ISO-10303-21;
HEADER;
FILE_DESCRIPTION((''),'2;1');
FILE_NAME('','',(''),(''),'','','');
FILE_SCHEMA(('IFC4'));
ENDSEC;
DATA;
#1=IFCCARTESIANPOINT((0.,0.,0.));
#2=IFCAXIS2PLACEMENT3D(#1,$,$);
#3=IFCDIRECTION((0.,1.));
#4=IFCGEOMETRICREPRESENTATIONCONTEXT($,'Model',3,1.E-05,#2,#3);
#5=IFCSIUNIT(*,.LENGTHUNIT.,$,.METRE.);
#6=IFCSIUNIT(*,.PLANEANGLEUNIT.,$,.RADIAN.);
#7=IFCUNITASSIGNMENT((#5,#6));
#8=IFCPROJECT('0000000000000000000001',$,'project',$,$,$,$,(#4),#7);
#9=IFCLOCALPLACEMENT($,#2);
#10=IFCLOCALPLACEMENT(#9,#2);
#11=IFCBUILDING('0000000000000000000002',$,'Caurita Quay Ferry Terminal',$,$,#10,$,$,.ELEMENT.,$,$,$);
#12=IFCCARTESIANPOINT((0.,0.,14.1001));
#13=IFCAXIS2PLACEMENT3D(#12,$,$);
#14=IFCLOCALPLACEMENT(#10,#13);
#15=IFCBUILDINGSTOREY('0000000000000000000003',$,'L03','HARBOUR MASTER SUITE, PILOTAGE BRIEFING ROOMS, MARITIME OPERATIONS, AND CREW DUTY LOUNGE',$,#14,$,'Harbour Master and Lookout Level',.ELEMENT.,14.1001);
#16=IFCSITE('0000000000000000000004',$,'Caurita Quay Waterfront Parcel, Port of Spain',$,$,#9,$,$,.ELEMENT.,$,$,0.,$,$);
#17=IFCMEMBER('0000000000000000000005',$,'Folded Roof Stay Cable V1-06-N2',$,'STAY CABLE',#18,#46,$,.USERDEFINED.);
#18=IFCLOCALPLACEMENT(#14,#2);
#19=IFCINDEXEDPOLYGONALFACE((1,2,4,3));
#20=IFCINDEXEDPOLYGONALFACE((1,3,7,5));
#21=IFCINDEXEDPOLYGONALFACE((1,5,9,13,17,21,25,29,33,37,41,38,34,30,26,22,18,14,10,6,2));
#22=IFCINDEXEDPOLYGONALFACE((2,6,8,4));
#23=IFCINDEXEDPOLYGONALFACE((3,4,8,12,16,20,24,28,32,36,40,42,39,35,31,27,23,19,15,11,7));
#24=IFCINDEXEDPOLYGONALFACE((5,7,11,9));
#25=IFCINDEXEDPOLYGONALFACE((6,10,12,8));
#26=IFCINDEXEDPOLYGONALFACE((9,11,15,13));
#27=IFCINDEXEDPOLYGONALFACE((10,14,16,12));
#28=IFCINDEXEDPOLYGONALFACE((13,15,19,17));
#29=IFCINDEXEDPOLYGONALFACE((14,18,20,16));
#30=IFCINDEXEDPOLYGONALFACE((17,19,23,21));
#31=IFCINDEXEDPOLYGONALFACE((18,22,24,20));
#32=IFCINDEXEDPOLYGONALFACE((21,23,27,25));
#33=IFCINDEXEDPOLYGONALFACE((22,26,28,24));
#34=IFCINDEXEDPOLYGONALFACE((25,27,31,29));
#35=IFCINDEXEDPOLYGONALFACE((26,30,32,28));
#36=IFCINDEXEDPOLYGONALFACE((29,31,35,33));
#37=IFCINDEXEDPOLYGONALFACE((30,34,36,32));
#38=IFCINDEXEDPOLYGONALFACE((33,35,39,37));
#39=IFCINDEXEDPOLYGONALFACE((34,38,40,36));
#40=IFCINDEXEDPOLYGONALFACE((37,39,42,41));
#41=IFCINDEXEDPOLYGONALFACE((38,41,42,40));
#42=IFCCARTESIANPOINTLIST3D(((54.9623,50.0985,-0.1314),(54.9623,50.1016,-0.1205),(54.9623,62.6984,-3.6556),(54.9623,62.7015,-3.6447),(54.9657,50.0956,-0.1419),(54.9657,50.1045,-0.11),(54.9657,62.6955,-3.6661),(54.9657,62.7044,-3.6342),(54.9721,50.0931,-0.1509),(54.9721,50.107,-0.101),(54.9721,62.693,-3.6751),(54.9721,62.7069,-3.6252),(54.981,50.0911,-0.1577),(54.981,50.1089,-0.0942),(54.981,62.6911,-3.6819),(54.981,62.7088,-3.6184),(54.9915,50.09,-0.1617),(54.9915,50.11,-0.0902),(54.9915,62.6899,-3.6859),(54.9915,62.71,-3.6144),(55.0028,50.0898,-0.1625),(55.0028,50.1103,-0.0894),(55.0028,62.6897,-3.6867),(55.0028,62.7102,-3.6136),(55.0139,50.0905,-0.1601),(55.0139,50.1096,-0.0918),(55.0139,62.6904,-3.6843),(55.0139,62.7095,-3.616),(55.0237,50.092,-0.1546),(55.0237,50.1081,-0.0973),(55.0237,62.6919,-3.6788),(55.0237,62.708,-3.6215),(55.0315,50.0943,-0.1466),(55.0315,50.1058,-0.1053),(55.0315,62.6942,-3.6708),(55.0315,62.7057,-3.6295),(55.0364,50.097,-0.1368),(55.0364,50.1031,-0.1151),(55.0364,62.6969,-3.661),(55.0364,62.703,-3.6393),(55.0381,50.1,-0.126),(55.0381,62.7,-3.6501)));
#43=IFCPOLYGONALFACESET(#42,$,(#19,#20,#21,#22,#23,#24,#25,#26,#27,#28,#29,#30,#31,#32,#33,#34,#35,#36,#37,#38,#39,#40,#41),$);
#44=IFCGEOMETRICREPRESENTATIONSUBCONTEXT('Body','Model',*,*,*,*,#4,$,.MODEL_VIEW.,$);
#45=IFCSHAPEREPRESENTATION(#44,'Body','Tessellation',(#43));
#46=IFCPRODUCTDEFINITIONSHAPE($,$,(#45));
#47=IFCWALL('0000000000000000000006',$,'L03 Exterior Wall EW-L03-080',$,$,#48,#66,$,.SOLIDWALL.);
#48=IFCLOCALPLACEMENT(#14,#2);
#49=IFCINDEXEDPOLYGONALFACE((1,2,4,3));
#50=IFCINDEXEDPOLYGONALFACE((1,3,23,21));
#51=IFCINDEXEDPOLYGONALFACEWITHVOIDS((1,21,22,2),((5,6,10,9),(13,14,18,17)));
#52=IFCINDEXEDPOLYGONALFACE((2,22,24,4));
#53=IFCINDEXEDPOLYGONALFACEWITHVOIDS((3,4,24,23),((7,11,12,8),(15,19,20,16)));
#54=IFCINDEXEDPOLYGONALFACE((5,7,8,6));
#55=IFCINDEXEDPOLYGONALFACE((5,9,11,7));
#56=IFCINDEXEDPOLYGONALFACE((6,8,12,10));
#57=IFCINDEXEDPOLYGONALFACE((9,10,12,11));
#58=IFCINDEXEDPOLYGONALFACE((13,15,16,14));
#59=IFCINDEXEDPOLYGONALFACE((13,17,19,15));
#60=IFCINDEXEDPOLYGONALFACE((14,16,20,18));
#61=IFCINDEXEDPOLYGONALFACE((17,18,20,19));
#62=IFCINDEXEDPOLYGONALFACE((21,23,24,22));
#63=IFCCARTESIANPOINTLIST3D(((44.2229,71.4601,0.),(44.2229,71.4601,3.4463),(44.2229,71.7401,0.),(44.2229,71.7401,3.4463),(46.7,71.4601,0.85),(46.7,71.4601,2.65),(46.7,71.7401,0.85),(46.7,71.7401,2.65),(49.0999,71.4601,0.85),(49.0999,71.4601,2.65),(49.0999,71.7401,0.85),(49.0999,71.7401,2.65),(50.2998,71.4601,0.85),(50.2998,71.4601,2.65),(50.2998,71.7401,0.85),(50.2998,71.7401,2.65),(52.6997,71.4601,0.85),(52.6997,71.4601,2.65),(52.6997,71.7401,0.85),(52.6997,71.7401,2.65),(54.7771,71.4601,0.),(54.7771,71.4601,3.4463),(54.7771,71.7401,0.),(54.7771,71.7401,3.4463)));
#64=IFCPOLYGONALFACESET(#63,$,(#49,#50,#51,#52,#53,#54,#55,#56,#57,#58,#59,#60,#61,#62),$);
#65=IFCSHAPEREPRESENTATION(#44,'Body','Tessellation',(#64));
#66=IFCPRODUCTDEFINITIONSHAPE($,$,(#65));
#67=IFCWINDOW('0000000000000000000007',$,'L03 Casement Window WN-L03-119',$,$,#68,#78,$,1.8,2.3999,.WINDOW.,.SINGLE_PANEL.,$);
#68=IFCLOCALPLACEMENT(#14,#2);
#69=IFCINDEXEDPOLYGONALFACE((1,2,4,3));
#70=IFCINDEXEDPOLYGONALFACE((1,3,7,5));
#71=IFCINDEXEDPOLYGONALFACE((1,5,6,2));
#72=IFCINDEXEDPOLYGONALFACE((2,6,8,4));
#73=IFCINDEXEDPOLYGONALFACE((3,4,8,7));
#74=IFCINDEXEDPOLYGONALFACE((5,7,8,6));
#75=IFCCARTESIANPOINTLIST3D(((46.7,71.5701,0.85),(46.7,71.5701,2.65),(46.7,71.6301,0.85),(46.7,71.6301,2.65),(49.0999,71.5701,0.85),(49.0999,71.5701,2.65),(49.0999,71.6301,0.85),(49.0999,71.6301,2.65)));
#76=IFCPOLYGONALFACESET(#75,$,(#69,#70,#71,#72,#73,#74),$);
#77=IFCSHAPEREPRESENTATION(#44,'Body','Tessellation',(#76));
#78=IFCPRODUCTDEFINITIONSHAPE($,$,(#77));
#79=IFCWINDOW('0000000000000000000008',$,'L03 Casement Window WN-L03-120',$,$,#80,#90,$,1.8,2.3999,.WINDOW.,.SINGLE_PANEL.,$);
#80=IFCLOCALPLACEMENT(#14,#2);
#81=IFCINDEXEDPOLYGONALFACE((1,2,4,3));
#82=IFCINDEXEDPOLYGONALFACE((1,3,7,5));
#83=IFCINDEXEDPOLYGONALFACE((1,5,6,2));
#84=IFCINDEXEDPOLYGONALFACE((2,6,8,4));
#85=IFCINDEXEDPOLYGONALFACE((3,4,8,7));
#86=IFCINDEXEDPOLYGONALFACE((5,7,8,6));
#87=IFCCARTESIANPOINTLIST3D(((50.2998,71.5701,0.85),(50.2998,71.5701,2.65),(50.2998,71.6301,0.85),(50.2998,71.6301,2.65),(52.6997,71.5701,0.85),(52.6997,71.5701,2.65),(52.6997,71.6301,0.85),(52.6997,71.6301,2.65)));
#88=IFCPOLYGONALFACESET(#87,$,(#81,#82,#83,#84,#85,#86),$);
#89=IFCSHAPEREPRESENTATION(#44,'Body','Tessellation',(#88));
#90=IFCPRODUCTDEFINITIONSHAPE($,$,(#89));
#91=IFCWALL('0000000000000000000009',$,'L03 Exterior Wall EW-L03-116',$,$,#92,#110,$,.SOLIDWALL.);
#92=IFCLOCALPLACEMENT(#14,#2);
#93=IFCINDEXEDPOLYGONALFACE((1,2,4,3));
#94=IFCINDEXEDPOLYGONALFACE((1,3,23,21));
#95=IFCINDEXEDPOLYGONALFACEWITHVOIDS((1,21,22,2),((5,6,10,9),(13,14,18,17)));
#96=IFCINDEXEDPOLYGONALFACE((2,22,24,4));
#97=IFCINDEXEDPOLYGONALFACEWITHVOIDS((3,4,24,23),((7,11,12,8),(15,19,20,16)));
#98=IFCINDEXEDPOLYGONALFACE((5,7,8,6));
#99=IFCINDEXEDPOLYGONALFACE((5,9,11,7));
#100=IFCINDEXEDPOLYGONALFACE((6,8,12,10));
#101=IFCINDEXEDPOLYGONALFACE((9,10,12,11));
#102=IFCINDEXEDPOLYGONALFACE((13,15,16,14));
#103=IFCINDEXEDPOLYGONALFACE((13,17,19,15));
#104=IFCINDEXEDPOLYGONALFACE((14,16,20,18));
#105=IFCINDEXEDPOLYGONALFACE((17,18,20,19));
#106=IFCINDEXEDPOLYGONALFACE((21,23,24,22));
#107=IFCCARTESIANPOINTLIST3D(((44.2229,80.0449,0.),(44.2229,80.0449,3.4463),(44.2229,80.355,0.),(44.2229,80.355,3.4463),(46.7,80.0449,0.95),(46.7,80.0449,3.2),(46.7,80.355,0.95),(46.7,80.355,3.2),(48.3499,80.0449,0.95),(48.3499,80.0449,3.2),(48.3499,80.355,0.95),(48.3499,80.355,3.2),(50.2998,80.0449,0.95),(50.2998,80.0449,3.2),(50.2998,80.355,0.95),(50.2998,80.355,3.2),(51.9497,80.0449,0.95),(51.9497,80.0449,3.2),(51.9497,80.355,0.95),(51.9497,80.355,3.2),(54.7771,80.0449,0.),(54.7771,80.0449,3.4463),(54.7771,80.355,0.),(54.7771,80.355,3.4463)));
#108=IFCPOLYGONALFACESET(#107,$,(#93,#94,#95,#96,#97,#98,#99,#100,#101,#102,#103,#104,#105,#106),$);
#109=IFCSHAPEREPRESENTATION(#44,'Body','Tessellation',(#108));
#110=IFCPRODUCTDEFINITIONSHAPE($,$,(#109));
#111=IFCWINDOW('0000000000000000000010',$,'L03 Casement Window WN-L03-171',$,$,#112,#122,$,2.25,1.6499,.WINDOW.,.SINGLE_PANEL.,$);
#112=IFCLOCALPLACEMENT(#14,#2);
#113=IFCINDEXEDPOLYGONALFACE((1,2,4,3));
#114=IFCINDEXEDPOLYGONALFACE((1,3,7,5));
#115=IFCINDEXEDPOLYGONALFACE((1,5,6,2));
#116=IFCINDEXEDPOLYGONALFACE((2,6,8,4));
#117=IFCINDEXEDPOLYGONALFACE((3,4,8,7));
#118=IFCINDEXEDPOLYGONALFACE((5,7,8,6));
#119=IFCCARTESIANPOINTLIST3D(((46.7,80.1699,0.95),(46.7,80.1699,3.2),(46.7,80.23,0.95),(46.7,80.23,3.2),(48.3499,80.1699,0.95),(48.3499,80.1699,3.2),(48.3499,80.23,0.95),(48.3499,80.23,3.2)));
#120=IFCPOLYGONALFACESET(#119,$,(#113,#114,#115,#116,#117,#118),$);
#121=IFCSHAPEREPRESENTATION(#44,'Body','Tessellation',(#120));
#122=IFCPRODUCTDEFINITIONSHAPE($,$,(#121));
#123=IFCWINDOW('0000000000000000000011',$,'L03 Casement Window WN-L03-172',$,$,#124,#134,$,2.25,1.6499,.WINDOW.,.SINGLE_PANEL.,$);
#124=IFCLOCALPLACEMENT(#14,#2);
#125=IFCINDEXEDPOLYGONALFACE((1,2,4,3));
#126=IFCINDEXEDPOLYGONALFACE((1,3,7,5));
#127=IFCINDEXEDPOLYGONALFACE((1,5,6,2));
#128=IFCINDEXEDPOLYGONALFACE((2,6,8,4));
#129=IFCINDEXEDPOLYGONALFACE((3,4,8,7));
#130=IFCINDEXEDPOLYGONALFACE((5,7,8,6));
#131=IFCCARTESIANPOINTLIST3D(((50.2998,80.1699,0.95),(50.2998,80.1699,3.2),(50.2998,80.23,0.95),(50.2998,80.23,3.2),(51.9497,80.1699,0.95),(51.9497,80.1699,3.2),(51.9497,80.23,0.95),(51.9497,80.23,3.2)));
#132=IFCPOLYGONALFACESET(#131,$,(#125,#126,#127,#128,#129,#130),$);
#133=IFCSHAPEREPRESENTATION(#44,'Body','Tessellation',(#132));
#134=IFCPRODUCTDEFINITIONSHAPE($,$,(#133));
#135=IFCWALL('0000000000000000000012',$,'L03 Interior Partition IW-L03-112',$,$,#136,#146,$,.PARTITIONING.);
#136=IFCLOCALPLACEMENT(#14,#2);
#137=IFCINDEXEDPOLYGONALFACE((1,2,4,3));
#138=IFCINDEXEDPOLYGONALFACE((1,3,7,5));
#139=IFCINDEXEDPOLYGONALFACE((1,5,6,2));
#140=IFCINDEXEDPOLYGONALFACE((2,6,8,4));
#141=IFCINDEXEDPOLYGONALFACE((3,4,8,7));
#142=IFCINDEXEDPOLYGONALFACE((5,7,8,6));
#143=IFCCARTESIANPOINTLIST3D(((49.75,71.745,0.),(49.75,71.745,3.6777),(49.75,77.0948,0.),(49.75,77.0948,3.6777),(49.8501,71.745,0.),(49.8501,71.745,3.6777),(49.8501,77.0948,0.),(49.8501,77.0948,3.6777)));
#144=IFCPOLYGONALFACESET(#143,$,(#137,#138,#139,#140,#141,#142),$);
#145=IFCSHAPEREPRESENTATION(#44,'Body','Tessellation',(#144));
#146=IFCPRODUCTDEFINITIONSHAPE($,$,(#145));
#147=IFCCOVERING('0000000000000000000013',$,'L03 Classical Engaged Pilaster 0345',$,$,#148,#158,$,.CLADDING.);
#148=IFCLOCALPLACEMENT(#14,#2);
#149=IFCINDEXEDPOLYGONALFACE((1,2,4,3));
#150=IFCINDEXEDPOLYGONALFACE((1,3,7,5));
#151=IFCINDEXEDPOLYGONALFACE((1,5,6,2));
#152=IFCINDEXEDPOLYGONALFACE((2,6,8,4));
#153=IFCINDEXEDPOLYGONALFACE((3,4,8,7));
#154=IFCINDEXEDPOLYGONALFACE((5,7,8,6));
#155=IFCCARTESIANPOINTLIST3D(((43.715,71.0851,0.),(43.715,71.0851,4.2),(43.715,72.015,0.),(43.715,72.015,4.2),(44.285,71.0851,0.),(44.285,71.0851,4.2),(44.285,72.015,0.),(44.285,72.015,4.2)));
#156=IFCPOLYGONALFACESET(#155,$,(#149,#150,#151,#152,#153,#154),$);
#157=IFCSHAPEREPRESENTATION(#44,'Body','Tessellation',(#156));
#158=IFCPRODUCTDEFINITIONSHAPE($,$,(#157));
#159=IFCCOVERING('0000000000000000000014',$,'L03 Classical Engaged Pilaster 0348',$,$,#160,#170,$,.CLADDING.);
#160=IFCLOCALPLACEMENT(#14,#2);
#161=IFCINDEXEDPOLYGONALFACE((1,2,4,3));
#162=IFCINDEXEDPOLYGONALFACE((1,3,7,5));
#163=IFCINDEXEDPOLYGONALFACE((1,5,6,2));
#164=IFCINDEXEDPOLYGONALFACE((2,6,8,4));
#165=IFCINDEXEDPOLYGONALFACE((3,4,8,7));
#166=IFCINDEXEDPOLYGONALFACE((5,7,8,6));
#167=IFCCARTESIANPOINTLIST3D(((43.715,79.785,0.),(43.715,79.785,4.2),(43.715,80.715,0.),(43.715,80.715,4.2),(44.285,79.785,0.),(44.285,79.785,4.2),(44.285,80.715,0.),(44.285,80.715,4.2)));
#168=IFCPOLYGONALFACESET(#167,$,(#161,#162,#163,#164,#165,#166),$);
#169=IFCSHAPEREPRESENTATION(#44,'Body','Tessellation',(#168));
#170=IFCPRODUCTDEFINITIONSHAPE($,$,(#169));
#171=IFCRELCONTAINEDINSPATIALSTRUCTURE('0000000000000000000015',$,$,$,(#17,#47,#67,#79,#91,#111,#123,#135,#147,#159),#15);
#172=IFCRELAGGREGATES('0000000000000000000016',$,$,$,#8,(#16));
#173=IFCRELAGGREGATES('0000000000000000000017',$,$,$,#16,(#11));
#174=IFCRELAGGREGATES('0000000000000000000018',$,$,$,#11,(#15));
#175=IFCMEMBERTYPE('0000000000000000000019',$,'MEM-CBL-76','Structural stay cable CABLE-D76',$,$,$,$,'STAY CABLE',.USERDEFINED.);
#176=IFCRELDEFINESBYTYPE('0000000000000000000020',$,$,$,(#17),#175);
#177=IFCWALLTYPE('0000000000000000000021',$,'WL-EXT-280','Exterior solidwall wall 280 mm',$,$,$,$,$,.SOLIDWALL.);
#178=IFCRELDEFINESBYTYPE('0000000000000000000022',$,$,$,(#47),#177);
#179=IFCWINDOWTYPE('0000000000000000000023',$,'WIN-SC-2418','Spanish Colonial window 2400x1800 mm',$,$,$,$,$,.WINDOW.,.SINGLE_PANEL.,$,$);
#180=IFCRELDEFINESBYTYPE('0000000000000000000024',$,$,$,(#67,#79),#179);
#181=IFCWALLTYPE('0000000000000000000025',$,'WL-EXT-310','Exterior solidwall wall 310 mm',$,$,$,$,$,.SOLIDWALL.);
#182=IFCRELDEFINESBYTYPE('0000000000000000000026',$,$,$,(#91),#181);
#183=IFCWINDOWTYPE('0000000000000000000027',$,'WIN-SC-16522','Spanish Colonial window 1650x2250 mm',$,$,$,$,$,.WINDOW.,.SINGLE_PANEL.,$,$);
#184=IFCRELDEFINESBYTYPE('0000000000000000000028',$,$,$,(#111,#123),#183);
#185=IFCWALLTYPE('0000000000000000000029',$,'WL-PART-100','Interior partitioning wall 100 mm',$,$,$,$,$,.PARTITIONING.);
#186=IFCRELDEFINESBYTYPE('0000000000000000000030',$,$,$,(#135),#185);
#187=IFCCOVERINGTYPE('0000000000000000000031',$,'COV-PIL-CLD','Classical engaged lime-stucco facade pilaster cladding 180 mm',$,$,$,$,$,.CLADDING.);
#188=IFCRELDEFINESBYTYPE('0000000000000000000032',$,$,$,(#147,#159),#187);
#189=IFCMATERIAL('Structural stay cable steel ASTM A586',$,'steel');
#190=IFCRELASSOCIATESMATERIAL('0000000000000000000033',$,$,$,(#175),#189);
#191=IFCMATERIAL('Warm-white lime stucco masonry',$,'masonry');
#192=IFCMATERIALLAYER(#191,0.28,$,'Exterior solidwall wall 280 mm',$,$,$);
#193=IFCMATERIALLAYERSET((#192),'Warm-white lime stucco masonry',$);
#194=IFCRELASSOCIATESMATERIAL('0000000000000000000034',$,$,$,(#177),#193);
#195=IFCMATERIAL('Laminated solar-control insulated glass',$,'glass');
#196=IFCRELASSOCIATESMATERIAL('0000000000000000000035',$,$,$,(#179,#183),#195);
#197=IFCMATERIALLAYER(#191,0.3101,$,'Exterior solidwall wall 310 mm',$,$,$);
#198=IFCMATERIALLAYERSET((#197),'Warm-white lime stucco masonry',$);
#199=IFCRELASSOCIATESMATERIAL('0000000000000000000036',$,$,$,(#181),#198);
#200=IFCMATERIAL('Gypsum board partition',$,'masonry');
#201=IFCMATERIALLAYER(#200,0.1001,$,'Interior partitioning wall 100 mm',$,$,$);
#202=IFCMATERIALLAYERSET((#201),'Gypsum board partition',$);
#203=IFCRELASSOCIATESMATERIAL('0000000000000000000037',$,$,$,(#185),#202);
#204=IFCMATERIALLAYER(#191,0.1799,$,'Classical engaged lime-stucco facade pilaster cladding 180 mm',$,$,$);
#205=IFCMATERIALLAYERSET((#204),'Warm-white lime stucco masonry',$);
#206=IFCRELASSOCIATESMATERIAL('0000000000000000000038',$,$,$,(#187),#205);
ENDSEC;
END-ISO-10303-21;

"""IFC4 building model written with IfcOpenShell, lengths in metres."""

from ifc_helpers import new_model, si_unit, direction, frame, frame_2d, origin, origin_2d, place, context, subcontext, project, spatial, rectangle, circle, extrude, material, layer, layer_set, material_profile, profile_set, type_object, element, fill, save


model = new_model("IFC4")

# Units and contexts
model_context = context("Model", 3, precision=1e-05, world=origin(), true_north=direction((0.0, 1.0)))
body_context = subcontext(model_context, "Body", "Model", "MODEL_VIEW")
ifc_project = project(units=[si_unit("LENGTHUNIT", "METRE"), si_unit("PLANEANGLEUNIT", "RADIAN")], contexts=[model_context])

# Site, building, storey
site_placement = place(None, origin())
site = spatial("IfcSite", under=ifc_project, at=site_placement, Name="Caurita Quay Waterfront Parcel, Port of Spain", CompositionType="ELEMENT", RefElevation=0.0)
building_placement = place(site_placement, origin())
building = spatial("IfcBuilding", under=site, at=building_placement, Name="Caurita Quay Ferry Terminal", CompositionType="ELEMENT")
storey_placement = place(building_placement, frame((0.0, 0.0, 14.1001)))
storey = spatial("IfcBuildingStorey", under=building, at=storey_placement, Name="L03", Description="HARBOUR MASTER SUITE, PILOTAGE BRIEFING ROOMS, MARITIME OPERATIONS, AND CREW DUTY LOUNGE", LongName="Harbour Master and Lookout Level", CompositionType="ELEMENT", Elevation=14.1001)

# Member
ifc_material_1 = material(Name="Structural stay cable steel ASTM A586", Category="steel")
ifc_material_profile_1 = material_profile(ifc_material_1, circle(Radius=0.0381, at=origin_2d()), Name="CABLE-D76")
ifc_profile_set_1 = profile_set([ifc_material_profile_1], Name="Structural stay cable steel ASTM A586")
member_type = type_object("IfcMemberType", Name="MEM-CBL-76", Description="Structural stay cable CABLE-D76", ElementType="STAY CABLE", PredefinedType="USERDEFINED", material=ifc_profile_set_1)
member_placement = place(storey_placement, frame((55.0, 62.7, -3.6501), z_axis=(0.0, -0.963039, 0.269361), x_axis=(1.0, 0.0, 0.0)))
element("IfcMember", 1, at=member_placement, inside=storey, type_object=member_type, Name="Folded Roof Stay Cable V1-06-N2", ObjectType="STAY CABLE", PredefinedType="USERDEFINED", context=body_context, shape_type="SweptSolid", body=[
    extrude(circle(Radius=0.0381, at=origin_2d()), origin(), (0.0, 0.0, 1.0), 13.0835),
])

# Walls, openings, windows
ifc_material_2 = material(Name="Warm-white lime stucco masonry", Category="masonry")
ifc_layer_1 = layer(ifc_material_2, 0.28, Name="Exterior solidwall wall 280 mm")
ifc_layer_set_1 = layer_set([ifc_layer_1], Name="Warm-white lime stucco masonry")
wall_type_1 = type_object("IfcWallType", Name="WL-EXT-280", Description="Exterior solidwall wall 280 mm", PredefinedType="SOLIDWALL", material=ifc_layer_set_1)
wall_1_placement = place(storey_placement, frame((44.2229, 71.6001, 0.0), z_axis=(0.0, 0.0, 1.0), x_axis=(1.0, 0.0, 0.0)))
wall_1 = element("IfcWall", 2, at=wall_1_placement, inside=storey, type_object=wall_type_1, Name="L03 Exterior Wall EW-L03-080", PredefinedType="SOLIDWALL", context=body_context, shape_type="SweptSolid", body=[
    extrude(rectangle(XDim=10.5542, YDim=0.28, at=frame_2d((5.2771, 0.0))), origin(), (0.0, 0.0, 1.0), 3.4463),
])
opening_1_placement = place(wall_1_placement, frame((2.4771, 0.0, 0.8501)))
opening_1 = element("IfcOpeningElement", 3, at=opening_1_placement, cuts=wall_1, PredefinedType="OPENING", context=body_context, shape_type="SweptSolid", body=[
    extrude(rectangle(XDim=2.3999, YDim=1.8, at=frame_2d((1.2, 0.8999))), frame((0.0, 0.1499, 0.0), z_axis=(0.0, -1.0, 0.0), x_axis=(1.0, 0.0, 0.0)), (0.0, 0.0, 1.0), 0.3),
])
opening_2_placement = place(wall_1_placement, frame((6.0769, 0.0, 0.8501)))
opening_2 = element("IfcOpeningElement", 4, at=opening_2_placement, cuts=wall_1, PredefinedType="OPENING", context=body_context, shape_type="SweptSolid", body=[
    extrude(rectangle(XDim=2.3999, YDim=1.8, at=frame_2d((1.2, 0.8999))), frame((0.0, 0.1499, 0.0), z_axis=(0.0, -1.0, 0.0), x_axis=(1.0, 0.0, 0.0)), (0.0, 0.0, 1.0), 0.3),
])
ifc_material_3 = material(Name="Laminated solar-control insulated glass", Category="glass")
window_type_1 = type_object("IfcWindowType", Name="WIN-SC-2418", Description="Spanish Colonial window 2400x1800 mm", PartitioningType="SINGLE_PANEL", PredefinedType="WINDOW", material=ifc_material_3)
window_1_placement = place(opening_1_placement, origin())
window_1 = element("IfcWindow", 5, at=window_1_placement, inside=storey, type_object=window_type_1, Name="L03 Casement Window WN-L03-119", OverallHeight=1.8, OverallWidth=2.3999, PartitioningType="SINGLE_PANEL", PredefinedType="WINDOW", context=body_context, shape_type="SweptSolid", body=[
    extrude(rectangle(XDim=2.3999, YDim=1.8, at=frame_2d((1.2, 0.8999))), frame((0.0, 0.03, 0.0), z_axis=(0.0, -1.0, 0.0), x_axis=(1.0, 0.0, 0.0)), (0.0, 0.0, 1.0), 0.0601),
])
fill(opening_1, window_1)
window_2_placement = place(opening_2_placement, origin())
window_2 = element("IfcWindow", 6, at=window_2_placement, inside=storey, type_object=window_type_1, Name="L03 Casement Window WN-L03-120", OverallHeight=1.8, OverallWidth=2.3999, PartitioningType="SINGLE_PANEL", PredefinedType="WINDOW", context=body_context, shape_type="SweptSolid", body=[
    extrude(rectangle(XDim=2.3999, YDim=1.8, at=frame_2d((1.2, 0.8999))), frame((0.0, 0.03, 0.0), z_axis=(0.0, -1.0, 0.0), x_axis=(1.0, 0.0, 0.0)), (0.0, 0.0, 1.0), 0.0601),
])
fill(opening_2, window_2)
ifc_layer_2 = layer(ifc_material_2, 0.3101, Name="Exterior solidwall wall 310 mm")
ifc_layer_set_2 = layer_set([ifc_layer_2], Name="Warm-white lime stucco masonry")
wall_type_2 = type_object("IfcWallType", Name="WL-EXT-310", Description="Exterior solidwall wall 310 mm", PredefinedType="SOLIDWALL", material=ifc_layer_set_2)
wall_2_placement = place(storey_placement, frame((44.2229, 80.2, 0.0), z_axis=(0.0, 0.0, 1.0), x_axis=(1.0, 0.0, 0.0)))
wall_2 = element("IfcWall", 7, at=wall_2_placement, inside=storey, type_object=wall_type_2, Name="L03 Exterior Wall EW-L03-116", PredefinedType="SOLIDWALL", context=body_context, shape_type="SweptSolid", body=[
    extrude(rectangle(XDim=10.5542, YDim=0.3101, at=frame_2d((5.2771, 0.0))), origin(), (0.0, 0.0, 1.0), 3.4463),
])
opening_3_placement = place(wall_2_placement, frame((2.4771, 0.0, 0.95)))
opening_3 = element("IfcOpeningElement", 8, at=opening_3_placement, cuts=wall_2, PredefinedType="OPENING", context=body_context, shape_type="SweptSolid", body=[
    extrude(rectangle(XDim=1.6499, YDim=2.25, at=frame_2d((0.825, 1.125))), frame((0.0, 0.165, 0.0), z_axis=(0.0, -1.0, 0.0), x_axis=(1.0, 0.0, 0.0)), (0.0, 0.0, 1.0), 0.3301),
])
opening_4_placement = place(wall_2_placement, frame((6.0769, 0.0, 0.95)))
opening_4 = element("IfcOpeningElement", 9, at=opening_4_placement, cuts=wall_2, PredefinedType="OPENING", context=body_context, shape_type="SweptSolid", body=[
    extrude(rectangle(XDim=1.6499, YDim=2.25, at=frame_2d((0.825, 1.125))), frame((0.0, 0.165, 0.0), z_axis=(0.0, -1.0, 0.0), x_axis=(1.0, 0.0, 0.0)), (0.0, 0.0, 1.0), 0.3301),
])
window_type_2 = type_object("IfcWindowType", Name="WIN-SC-16522", Description="Spanish Colonial window 1650x2250 mm", PartitioningType="SINGLE_PANEL", PredefinedType="WINDOW", material=ifc_material_3)
window_3_placement = place(opening_3_placement, origin())
window_3 = element("IfcWindow", 10, at=window_3_placement, inside=storey, type_object=window_type_2, Name="L03 Casement Window WN-L03-171", OverallHeight=2.25, OverallWidth=1.6499, PartitioningType="SINGLE_PANEL", PredefinedType="WINDOW", context=body_context, shape_type="SweptSolid", body=[
    extrude(rectangle(XDim=1.6499, YDim=2.25, at=frame_2d((0.825, 1.125))), frame((0.0, 0.03, 0.0), z_axis=(0.0, -1.0, 0.0), x_axis=(1.0, 0.0, 0.0)), (0.0, 0.0, 1.0), 0.0601),
])
fill(opening_3, window_3)
window_4_placement = place(opening_4_placement, origin())
window_4 = element("IfcWindow", 11, at=window_4_placement, inside=storey, type_object=window_type_2, Name="L03 Casement Window WN-L03-172", OverallHeight=2.25, OverallWidth=1.6499, PartitioningType="SINGLE_PANEL", PredefinedType="WINDOW", context=body_context, shape_type="SweptSolid", body=[
    extrude(rectangle(XDim=1.6499, YDim=2.25, at=frame_2d((0.825, 1.125))), frame((0.0, 0.03, 0.0), z_axis=(0.0, -1.0, 0.0), x_axis=(1.0, 0.0, 0.0)), (0.0, 0.0, 1.0), 0.0601),
])
fill(opening_4, window_4)

# Wall
ifc_material_4 = material(Name="Gypsum board partition", Category="masonry")
ifc_layer_3 = layer(ifc_material_4, 0.1001, Name="Interior partitioning wall 100 mm")
ifc_layer_set_3 = layer_set([ifc_layer_3], Name="Gypsum board partition")
wall_type_3 = type_object("IfcWallType", Name="WL-PART-100", Description="Interior partitioning wall 100 mm", PredefinedType="PARTITIONING", material=ifc_layer_set_3)
wall_3_placement = place(storey_placement, frame((49.8, 71.7451, 0.0), z_axis=(0.0, 0.0, 1.0), x_axis=(0.0, 1.0, 0.0)))
element("IfcWall", 12, at=wall_3_placement, inside=storey, type_object=wall_type_3, Name="L03 Interior Partition IW-L03-112", PredefinedType="PARTITIONING", context=body_context, shape_type="SweptSolid", body=[
    extrude(rectangle(XDim=5.3499, YDim=0.1001, at=frame_2d((2.6748, 0.0))), origin(), (0.0, 0.0, 1.0), 3.6777),
])

# Coverings
ifc_layer_4 = layer(ifc_material_2, 0.1799, Name="Classical engaged lime-stucco facade pilaster cladding 180 mm")
ifc_layer_set_4 = layer_set([ifc_layer_4], Name="Warm-white lime stucco masonry")
covering_type_1 = type_object("IfcCoveringType", Name="COV-PIL-CLD", Description="Classical engaged lime-stucco facade pilaster cladding 180 mm", PredefinedType="CLADDING", material=ifc_layer_set_4)
for number, where, z_axis, x_axis, name in (
    (13, (44.0, 71.55, 0.0), (0.0, 0.0, 1.0), (1.0, 0.0, 0.0), "L03 Classical Engaged Pilaster 0345"),
    (14, (44.0, 80.25, 0.0), (0.0, 0.0, 1.0), (1.0, 0.0, 0.0), "L03 Classical Engaged Pilaster 0348"),
):
    element("IfcCovering", number, at=place(storey_placement, frame(where, z_axis=z_axis, x_axis=x_axis)), inside=storey, type_object=covering_type_1, Name=name, PredefinedType="CLADDING", context=body_context, shape_type="SweptSolid", body=[
        extrude(rectangle(XDim=0.5701, YDim=0.9299, at=origin_2d()), origin(), (0.0, 0.0, 1.0), 4.2),
    ])

save(model, "model.ifc")
